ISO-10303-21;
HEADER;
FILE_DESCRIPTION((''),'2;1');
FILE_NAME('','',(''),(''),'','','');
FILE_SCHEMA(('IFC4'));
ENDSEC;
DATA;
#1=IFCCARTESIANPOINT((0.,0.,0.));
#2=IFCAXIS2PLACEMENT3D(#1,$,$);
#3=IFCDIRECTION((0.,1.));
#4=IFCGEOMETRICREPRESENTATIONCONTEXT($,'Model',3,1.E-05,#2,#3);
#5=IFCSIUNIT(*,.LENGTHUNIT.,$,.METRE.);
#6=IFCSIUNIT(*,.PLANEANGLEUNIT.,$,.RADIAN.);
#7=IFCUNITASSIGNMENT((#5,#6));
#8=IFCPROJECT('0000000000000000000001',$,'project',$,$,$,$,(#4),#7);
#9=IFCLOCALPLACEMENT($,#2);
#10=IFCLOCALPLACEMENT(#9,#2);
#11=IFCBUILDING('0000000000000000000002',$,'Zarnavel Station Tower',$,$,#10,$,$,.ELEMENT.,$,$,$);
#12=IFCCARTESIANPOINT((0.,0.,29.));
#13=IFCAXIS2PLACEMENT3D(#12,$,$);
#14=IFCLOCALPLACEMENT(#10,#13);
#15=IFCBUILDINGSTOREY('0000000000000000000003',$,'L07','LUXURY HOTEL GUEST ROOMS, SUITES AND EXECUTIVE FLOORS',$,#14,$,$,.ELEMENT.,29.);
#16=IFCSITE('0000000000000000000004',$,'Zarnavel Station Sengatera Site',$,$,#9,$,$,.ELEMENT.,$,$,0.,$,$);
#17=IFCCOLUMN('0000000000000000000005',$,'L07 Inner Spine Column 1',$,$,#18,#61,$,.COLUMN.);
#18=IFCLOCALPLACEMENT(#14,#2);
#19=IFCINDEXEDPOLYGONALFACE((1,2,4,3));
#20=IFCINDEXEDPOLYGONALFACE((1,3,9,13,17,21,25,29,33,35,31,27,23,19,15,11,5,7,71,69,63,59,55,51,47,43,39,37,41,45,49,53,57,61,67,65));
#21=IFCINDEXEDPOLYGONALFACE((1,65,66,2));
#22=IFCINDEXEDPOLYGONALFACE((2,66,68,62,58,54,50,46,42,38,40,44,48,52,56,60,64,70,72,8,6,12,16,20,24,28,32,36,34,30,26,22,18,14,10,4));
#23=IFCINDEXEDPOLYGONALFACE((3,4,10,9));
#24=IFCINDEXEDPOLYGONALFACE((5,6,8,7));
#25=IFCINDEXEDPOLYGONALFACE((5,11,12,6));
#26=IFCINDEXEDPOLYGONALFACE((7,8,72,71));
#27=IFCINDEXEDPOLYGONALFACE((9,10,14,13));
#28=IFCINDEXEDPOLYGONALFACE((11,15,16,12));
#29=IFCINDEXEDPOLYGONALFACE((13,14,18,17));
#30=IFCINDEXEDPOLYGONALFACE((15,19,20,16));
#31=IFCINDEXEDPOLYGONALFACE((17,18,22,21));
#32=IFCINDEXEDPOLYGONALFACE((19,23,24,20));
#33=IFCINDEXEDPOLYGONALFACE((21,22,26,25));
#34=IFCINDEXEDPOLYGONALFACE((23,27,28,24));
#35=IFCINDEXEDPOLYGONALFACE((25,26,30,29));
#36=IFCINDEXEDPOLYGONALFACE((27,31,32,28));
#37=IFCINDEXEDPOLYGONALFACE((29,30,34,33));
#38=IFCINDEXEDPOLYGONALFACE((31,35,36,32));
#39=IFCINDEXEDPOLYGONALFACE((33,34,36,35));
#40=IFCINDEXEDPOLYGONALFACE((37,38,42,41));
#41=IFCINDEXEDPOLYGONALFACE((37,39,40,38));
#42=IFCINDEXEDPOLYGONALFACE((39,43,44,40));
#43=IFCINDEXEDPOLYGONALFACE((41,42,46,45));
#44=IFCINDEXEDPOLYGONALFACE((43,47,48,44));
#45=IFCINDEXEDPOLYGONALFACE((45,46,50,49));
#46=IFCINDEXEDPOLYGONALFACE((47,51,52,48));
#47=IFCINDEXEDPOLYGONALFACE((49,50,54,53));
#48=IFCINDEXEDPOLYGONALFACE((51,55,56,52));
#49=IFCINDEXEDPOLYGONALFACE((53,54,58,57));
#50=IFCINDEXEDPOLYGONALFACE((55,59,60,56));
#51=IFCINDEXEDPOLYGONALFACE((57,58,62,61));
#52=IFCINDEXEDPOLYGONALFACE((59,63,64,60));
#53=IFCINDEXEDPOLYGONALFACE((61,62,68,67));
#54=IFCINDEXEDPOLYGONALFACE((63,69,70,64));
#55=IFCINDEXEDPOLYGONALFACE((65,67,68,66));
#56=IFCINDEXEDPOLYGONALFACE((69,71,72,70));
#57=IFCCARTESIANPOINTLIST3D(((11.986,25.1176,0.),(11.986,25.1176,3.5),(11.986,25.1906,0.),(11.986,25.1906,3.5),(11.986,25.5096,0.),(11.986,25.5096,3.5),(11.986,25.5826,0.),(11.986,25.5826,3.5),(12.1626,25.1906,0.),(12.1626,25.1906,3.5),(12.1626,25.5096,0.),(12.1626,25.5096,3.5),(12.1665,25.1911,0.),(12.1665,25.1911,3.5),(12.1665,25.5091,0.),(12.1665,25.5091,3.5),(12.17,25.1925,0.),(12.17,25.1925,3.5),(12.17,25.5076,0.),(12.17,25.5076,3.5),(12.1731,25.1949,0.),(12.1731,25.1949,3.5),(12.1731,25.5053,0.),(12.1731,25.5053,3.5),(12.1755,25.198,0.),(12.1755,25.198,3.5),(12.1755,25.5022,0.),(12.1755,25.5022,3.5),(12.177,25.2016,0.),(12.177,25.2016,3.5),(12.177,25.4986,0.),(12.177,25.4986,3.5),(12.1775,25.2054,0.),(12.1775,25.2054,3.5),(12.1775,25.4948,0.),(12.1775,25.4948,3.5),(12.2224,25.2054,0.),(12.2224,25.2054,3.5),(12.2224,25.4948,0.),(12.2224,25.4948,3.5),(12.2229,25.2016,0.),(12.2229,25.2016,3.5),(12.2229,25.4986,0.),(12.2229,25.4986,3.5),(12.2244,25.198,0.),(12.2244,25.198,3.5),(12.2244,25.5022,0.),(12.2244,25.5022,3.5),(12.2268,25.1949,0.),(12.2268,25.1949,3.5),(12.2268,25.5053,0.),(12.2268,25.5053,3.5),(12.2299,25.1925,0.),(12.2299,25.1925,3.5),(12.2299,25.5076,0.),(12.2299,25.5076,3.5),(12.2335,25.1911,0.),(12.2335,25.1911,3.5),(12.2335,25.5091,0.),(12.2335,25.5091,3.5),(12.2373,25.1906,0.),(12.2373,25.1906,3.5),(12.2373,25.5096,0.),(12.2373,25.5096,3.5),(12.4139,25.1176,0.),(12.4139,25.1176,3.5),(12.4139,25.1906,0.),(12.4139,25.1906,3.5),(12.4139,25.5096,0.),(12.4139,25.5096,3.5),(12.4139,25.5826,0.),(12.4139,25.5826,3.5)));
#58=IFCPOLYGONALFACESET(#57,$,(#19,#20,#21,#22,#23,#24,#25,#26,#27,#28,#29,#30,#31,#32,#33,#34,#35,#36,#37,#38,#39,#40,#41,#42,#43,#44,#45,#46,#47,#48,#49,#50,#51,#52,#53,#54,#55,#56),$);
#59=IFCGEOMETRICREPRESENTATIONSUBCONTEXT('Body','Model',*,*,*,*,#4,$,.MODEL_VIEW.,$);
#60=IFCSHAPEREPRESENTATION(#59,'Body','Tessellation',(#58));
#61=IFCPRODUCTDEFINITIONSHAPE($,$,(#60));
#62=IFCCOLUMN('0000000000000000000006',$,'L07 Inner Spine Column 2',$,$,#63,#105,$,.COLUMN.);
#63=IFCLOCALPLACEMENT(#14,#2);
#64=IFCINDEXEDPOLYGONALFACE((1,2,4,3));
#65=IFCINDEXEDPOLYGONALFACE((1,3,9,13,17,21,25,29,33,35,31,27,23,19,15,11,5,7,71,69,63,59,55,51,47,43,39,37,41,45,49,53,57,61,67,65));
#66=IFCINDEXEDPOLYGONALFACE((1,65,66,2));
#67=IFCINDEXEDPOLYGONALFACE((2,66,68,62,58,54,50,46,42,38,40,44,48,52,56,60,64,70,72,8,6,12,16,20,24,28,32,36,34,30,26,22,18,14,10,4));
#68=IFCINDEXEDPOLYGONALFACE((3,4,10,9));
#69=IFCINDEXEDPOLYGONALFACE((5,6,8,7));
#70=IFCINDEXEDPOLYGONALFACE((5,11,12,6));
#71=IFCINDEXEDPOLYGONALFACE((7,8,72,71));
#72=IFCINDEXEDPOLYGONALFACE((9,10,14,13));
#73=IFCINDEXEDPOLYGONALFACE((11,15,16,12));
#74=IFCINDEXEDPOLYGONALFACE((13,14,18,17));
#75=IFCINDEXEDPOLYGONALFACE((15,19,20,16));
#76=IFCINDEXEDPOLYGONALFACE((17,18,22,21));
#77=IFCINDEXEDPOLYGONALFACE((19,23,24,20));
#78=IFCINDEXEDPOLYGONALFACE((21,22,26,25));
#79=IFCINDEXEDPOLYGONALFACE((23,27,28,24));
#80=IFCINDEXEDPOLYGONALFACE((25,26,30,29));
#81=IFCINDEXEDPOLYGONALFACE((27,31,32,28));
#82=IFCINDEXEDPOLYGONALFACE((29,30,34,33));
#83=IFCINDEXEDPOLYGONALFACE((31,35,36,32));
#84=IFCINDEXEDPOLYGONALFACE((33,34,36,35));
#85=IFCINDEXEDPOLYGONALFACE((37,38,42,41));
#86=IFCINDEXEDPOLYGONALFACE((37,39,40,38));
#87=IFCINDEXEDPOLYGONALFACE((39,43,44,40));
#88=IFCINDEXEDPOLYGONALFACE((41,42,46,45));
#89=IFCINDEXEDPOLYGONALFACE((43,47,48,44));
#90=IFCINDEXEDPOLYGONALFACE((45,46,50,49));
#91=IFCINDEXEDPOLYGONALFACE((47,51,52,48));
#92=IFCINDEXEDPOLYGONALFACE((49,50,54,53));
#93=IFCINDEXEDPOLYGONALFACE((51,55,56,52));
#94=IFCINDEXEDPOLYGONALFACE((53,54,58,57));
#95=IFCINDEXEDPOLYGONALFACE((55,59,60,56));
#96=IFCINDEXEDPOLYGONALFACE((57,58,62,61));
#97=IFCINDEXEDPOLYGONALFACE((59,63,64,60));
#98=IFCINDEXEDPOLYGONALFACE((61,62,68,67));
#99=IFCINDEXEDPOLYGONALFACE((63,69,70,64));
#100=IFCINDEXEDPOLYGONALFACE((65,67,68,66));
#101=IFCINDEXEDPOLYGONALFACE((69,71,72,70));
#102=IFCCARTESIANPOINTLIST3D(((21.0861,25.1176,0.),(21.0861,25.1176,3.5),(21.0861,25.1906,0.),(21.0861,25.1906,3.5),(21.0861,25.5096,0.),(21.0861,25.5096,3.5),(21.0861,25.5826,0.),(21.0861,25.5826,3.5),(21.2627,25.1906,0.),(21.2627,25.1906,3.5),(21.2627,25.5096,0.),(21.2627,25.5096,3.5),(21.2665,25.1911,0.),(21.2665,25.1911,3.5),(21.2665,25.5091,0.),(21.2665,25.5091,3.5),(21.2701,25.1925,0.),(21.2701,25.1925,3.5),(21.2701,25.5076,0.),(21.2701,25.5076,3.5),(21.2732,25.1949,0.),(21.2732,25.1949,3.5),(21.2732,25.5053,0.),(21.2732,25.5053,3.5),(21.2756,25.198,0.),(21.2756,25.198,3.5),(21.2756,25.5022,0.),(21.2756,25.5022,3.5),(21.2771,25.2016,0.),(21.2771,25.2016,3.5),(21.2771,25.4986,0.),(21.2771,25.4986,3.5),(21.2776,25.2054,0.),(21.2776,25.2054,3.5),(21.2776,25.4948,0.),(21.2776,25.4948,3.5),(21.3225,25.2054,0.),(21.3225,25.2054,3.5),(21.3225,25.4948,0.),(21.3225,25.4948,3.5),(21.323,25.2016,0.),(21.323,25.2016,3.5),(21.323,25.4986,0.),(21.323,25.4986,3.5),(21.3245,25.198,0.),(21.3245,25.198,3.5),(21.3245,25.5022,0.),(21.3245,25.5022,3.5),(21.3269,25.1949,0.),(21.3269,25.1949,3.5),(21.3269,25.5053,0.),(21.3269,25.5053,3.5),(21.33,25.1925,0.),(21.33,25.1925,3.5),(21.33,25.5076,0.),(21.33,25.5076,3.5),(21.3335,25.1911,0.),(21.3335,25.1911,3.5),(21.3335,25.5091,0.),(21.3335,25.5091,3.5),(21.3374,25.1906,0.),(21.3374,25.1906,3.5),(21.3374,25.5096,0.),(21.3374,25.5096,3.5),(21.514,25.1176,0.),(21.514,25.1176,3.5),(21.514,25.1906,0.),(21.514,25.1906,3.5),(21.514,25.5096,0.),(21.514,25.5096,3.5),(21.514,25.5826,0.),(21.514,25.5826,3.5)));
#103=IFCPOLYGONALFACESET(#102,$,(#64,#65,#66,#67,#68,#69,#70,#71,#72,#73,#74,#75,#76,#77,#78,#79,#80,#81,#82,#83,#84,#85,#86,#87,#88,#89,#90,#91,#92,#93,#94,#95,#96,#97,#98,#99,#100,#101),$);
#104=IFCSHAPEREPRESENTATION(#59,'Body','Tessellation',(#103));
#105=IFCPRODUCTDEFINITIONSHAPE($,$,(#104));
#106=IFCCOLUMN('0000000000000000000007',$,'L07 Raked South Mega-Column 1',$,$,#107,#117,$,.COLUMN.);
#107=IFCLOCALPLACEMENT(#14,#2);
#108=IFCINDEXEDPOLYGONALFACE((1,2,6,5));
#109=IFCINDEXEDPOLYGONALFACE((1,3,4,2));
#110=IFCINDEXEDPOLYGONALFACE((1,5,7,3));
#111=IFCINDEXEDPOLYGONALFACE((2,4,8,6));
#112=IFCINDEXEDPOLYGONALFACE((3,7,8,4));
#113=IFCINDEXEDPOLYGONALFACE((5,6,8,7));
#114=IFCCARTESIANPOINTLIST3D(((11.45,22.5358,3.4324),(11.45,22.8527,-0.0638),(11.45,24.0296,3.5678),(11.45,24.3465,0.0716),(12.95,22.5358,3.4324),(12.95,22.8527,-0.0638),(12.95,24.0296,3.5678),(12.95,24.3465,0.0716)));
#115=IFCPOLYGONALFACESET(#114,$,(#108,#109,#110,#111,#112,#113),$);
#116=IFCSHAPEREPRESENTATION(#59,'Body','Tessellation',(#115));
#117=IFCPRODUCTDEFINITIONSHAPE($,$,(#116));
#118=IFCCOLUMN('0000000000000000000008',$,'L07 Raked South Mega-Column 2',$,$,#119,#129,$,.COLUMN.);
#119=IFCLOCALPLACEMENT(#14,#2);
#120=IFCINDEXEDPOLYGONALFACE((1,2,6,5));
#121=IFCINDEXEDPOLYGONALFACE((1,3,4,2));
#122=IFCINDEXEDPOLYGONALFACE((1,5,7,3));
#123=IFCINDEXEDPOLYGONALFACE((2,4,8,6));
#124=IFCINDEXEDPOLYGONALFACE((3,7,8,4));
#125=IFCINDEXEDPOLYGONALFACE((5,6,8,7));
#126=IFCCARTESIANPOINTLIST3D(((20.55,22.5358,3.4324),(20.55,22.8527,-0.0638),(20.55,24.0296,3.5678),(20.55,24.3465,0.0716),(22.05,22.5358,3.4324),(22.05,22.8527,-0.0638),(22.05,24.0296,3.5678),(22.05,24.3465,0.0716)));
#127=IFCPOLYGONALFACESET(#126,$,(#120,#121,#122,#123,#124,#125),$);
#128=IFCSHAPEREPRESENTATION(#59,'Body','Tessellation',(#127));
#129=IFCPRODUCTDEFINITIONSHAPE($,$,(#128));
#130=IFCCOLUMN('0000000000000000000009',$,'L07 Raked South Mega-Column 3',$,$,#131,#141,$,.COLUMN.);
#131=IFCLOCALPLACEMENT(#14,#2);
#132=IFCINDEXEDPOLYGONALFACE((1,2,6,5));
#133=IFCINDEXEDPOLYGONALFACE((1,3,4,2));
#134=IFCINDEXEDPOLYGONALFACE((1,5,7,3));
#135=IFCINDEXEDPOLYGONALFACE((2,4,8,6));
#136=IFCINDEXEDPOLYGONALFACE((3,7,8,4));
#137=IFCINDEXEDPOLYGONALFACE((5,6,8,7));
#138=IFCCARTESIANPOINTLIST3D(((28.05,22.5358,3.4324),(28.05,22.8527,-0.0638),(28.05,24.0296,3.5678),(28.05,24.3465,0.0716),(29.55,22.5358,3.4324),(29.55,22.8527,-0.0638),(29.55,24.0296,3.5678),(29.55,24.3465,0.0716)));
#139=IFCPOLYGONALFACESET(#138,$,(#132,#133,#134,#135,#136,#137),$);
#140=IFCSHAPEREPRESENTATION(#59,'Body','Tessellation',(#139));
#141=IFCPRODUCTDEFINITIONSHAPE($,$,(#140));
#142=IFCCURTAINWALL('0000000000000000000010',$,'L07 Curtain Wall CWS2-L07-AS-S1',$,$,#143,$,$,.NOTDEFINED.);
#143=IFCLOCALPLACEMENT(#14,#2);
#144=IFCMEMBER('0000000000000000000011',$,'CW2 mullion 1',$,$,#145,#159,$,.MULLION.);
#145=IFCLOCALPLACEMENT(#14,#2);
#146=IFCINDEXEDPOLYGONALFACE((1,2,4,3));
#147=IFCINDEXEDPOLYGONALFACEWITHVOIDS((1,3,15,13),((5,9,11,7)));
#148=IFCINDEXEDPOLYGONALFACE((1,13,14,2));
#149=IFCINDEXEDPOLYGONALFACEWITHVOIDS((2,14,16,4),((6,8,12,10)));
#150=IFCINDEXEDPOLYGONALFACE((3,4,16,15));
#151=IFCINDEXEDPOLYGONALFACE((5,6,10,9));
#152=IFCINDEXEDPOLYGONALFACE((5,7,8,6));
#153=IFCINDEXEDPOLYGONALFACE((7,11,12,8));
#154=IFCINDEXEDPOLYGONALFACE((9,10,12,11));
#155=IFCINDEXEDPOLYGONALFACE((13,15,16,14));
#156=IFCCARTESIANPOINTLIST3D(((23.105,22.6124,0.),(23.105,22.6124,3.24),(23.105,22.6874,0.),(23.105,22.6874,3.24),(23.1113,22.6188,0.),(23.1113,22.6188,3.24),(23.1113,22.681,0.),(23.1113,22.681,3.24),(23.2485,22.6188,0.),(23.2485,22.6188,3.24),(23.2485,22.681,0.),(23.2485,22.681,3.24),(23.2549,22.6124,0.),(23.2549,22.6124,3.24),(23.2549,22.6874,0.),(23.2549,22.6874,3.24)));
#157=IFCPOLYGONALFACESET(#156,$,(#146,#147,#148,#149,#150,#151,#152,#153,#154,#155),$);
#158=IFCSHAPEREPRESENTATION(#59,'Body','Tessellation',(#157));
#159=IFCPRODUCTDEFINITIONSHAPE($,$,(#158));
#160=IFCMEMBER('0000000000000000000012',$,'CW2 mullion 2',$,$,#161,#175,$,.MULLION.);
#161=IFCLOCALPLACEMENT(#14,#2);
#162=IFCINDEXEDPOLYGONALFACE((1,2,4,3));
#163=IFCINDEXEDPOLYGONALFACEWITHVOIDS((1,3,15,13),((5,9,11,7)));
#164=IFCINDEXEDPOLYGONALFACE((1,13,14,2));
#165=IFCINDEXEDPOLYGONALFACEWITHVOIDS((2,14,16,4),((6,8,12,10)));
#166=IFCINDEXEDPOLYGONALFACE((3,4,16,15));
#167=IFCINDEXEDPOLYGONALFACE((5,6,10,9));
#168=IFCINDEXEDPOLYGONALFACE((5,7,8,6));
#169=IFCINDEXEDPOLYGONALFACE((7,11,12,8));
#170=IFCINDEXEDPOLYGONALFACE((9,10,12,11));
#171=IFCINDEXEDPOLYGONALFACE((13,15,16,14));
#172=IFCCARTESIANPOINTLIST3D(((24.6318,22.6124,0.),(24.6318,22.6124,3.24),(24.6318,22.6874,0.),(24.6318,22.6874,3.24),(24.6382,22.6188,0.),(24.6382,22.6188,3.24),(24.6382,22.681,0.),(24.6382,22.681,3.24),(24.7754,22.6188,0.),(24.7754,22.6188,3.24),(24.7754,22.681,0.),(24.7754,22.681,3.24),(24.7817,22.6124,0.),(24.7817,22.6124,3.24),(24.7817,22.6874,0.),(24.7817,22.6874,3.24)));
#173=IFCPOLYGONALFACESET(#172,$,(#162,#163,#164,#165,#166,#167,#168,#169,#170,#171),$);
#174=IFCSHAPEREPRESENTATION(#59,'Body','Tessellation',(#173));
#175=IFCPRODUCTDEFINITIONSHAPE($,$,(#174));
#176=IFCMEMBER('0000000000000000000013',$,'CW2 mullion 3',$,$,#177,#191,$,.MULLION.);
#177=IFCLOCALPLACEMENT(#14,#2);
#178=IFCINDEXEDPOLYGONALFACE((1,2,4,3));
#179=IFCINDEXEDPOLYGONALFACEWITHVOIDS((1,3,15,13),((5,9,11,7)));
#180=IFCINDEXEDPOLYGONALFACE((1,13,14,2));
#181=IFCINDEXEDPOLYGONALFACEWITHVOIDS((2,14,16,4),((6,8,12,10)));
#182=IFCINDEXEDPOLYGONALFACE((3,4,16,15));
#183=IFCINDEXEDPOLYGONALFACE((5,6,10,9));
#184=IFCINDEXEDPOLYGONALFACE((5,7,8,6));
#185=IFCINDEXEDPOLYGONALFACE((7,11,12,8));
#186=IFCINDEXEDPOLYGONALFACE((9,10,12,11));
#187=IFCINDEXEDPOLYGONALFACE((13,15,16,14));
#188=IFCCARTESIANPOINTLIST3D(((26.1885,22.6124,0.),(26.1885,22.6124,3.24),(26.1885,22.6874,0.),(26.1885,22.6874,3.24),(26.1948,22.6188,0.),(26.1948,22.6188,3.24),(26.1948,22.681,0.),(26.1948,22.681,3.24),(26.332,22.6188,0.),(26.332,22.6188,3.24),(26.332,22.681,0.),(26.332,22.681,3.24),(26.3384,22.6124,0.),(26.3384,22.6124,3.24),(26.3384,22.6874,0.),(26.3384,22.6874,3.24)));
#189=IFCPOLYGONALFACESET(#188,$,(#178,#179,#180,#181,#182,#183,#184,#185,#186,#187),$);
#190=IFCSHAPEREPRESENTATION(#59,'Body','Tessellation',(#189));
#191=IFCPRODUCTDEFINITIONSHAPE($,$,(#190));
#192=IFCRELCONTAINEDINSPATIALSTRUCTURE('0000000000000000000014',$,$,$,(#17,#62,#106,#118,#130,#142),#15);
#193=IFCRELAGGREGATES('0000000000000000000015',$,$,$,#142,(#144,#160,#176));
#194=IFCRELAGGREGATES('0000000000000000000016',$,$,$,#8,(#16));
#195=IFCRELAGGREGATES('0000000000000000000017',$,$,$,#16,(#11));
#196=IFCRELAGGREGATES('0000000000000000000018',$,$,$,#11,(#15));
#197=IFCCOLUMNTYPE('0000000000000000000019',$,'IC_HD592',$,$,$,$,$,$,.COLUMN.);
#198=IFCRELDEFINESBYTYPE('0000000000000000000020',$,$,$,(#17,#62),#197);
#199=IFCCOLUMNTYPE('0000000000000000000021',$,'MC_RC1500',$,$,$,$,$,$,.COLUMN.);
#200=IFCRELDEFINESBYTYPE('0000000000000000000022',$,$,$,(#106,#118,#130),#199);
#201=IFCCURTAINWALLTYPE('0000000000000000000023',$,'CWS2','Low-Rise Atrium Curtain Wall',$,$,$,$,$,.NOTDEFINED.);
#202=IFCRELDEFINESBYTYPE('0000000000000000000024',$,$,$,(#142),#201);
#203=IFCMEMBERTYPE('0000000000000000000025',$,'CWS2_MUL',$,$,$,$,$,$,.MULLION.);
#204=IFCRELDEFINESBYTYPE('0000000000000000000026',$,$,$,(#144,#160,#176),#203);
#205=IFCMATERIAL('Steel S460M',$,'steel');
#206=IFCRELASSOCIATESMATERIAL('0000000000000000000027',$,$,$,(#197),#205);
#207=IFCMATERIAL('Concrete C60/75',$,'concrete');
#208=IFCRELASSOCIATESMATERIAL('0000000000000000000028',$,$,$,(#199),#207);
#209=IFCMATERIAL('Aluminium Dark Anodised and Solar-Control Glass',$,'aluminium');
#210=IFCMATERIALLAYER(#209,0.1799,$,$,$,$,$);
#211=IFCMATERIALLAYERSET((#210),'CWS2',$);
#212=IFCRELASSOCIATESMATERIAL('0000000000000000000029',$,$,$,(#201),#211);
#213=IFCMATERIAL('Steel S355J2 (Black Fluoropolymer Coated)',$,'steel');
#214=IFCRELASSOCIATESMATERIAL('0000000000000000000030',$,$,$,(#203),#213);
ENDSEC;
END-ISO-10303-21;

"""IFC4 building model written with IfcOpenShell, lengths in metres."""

from ifc_helpers import new_model, si_unit, direction, frame, origin, origin_2d, place, context, subcontext, project, spatial, rectangle, hollow_rectangle, i_section, extrude, material, layer, layer_set, material_profile, profile_set, type_object, element, aggregate, save


model = new_model("IFC4")

# Units and contexts
model_context = context("Model", 3, precision=1e-05, world=origin(), true_north=direction((0.0, 1.0)))
body_context = subcontext(model_context, "Body", "Model", "MODEL_VIEW")
ifc_project = project(units=[si_unit("LENGTHUNIT", "METRE"), si_unit("PLANEANGLEUNIT", "RADIAN")], contexts=[model_context])

# Site, building, storey
site_placement = place(None, origin())
site = spatial("IfcSite", under=ifc_project, at=site_placement, Name="Zarnavel Station Sengatera Site", CompositionType="ELEMENT", RefElevation=0.0)
building_placement = place(site_placement, origin())
building = spatial("IfcBuilding", under=site, at=building_placement, Name="Zarnavel Station Tower", CompositionType="ELEMENT")
storey_placement = place(building_placement, frame((0.0, 0.0, 29.0)))
storey = spatial("IfcBuildingStorey", under=building, at=storey_placement, Name="L07", Description="LUXURY HOTEL GUEST ROOMS, SUITES AND EXECUTIVE FLOORS", CompositionType="ELEMENT", Elevation=29.0)

# Columns
ifc_material_1 = material(Name="Steel S460M", Category="steel")
ifc_material_profile_1 = material_profile(ifc_material_1, i_section(OverallWidth=0.428, OverallDepth=0.4651, WebThickness=0.0449, FlangeThickness=0.073, FilletRadius=0.0149, at=origin_2d()), Name="HD400x592")
ifc_profile_set_1 = profile_set([ifc_material_profile_1], Name="Steel S460M")
column_type_1 = type_object("IfcColumnType", Name="IC_HD592", PredefinedType="COLUMN", material=ifc_profile_set_1)
for number, where, z_axis, x_axis, name in (
    (1, (12.2, 25.3501, 0.0), (0.0, 0.0, 1.0), (1.0, 0.0, 0.0), "L07 Inner Spine Column 1"),
    (2, (21.3, 25.3501, 0.0), (0.0, 0.0, 1.0), (1.0, 0.0, 0.0), "L07 Inner Spine Column 2"),
):
    element("IfcColumn", number, at=place(storey_placement, frame(where, z_axis=z_axis, x_axis=x_axis)), inside=storey, type_object=column_type_1, Name=name, PredefinedType="COLUMN", context=body_context, shape_type="SweptSolid", body=[
        extrude(i_section(OverallWidth=0.428, OverallDepth=0.4651, WebThickness=0.0449, FlangeThickness=0.073, FilletRadius=0.0149, at=origin_2d()), origin(), (0.0, 0.0, 1.0), 3.5),
    ])
ifc_material_2 = material(Name="Concrete C60/75", Category="concrete")
ifc_material_profile_2 = material_profile(ifc_material_2, rectangle(XDim=1.5, YDim=1.5, at=origin_2d()), Name="RC1500x1500")
ifc_profile_set_2 = profile_set([ifc_material_profile_2], Name="Concrete C60/75")
column_type_2 = type_object("IfcColumnType", Name="MC_RC1500", PredefinedType="COLUMN", material=ifc_profile_set_2)
for number, where, z_axis, x_axis, name in (
    (3, (12.2, 23.5996, 0.0039), (0.0, -0.090272, 0.995917), (1.0, 0.0, 0.0), "L07 Raked South Mega-Column 1"),
    (4, (21.3, 23.5996, 0.0039), (0.0, -0.090272, 0.995917), (1.0, 0.0, 0.0), "L07 Raked South Mega-Column 2"),
    (5, (28.8, 23.5996, 0.0039), (0.0, -0.090272, 0.995917), (1.0, 0.0, 0.0), "L07 Raked South Mega-Column 3"),
):
    element("IfcColumn", number, at=place(storey_placement, frame(where, z_axis=z_axis, x_axis=x_axis)), inside=storey, type_object=column_type_2, Name=name, PredefinedType="COLUMN", context=body_context, shape_type="SweptSolid", body=[
        extrude(rectangle(XDim=1.5, YDim=1.5, at=origin_2d()), origin(), (0.0, 0.0, 1.0), 3.5105),
    ])

# Curtain wall, members
ifc_material_3 = material(Name="Aluminium Dark Anodised and Solar-Control Glass", Category="aluminium")
ifc_layer_1 = layer(ifc_material_3, 0.1799)
ifc_layer_set_1 = layer_set([ifc_layer_1], Name="CWS2")
curtain_wall_type = type_object("IfcCurtainWallType", Name="CWS2", Description="Low-Rise Atrium Curtain Wall", PredefinedType="NOTDEFINED", material=ifc_layer_set_1)
curtain_wall_placement = place(storey_placement, origin())
curtain_wall = element("IfcCurtainWall", 6, at=curtain_wall_placement, inside=storey, type_object=curtain_wall_type, Name="L07 Curtain Wall CWS2-L07-AS-S1", PredefinedType="NOTDEFINED")
ifc_material_4 = material(Name="Steel S355J2 (Black Fluoropolymer Coated)", Category="steel")
ifc_material_profile_3 = material_profile(ifc_material_4, hollow_rectangle(XDim=0.075, YDim=0.1499, WallThickness=0.0063, at=origin_2d()), Name="RHS150x75x6.3")
ifc_profile_set_3 = profile_set([ifc_material_profile_3], Name="Steel S355J2 (Black Fluoropolymer Coated)")
member_type_1 = type_object("IfcMemberType", Name="CWS2_MUL", PredefinedType="MULLION", material=ifc_profile_set_3)
member_1_placement = place(storey_placement, frame((23.1799, 22.6499, 0.0), z_axis=(0.0, 0.0, 1.0), x_axis=(0.0, 1.0, 0.0)))
member_1 = element("IfcMember", 7, at=member_1_placement, type_object=member_type_1, Name="CW2 mullion 1", PredefinedType="MULLION", context=body_context, shape_type="SweptSolid", body=[
    extrude(hollow_rectangle(XDim=0.075, YDim=0.1499, WallThickness=0.0063, at=origin_2d()), origin(), (0.0, 0.0, 1.0), 3.24),
])
member_2_placement = place(storey_placement, frame((24.7068, 22.6499, 0.0), z_axis=(0.0, 0.0, 1.0), x_axis=(0.0, 1.0, 0.0)))
member_2 = element("IfcMember", 8, at=member_2_placement, type_object=member_type_1, Name="CW2 mullion 2", PredefinedType="MULLION", context=body_context, shape_type="SweptSolid", body=[
    extrude(hollow_rectangle(XDim=0.075, YDim=0.1499, WallThickness=0.0063, at=origin_2d()), origin(), (0.0, 0.0, 1.0), 3.24),
])
member_3_placement = place(storey_placement, frame((26.2634, 22.6499, 0.0), z_axis=(0.0, 0.0, 1.0), x_axis=(0.0, 1.0, 0.0)))
member_3 = element("IfcMember", 9, at=member_3_placement, type_object=member_type_1, Name="CW2 mullion 3", PredefinedType="MULLION", context=body_context, shape_type="SweptSolid", body=[
    extrude(hollow_rectangle(XDim=0.075, YDim=0.1499, WallThickness=0.0063, at=origin_2d()), origin(), (0.0, 0.0, 1.0), 3.24),
])

aggregate(curtain_wall, [member_1, member_2, member_3])

save(model, "model.ifc")
